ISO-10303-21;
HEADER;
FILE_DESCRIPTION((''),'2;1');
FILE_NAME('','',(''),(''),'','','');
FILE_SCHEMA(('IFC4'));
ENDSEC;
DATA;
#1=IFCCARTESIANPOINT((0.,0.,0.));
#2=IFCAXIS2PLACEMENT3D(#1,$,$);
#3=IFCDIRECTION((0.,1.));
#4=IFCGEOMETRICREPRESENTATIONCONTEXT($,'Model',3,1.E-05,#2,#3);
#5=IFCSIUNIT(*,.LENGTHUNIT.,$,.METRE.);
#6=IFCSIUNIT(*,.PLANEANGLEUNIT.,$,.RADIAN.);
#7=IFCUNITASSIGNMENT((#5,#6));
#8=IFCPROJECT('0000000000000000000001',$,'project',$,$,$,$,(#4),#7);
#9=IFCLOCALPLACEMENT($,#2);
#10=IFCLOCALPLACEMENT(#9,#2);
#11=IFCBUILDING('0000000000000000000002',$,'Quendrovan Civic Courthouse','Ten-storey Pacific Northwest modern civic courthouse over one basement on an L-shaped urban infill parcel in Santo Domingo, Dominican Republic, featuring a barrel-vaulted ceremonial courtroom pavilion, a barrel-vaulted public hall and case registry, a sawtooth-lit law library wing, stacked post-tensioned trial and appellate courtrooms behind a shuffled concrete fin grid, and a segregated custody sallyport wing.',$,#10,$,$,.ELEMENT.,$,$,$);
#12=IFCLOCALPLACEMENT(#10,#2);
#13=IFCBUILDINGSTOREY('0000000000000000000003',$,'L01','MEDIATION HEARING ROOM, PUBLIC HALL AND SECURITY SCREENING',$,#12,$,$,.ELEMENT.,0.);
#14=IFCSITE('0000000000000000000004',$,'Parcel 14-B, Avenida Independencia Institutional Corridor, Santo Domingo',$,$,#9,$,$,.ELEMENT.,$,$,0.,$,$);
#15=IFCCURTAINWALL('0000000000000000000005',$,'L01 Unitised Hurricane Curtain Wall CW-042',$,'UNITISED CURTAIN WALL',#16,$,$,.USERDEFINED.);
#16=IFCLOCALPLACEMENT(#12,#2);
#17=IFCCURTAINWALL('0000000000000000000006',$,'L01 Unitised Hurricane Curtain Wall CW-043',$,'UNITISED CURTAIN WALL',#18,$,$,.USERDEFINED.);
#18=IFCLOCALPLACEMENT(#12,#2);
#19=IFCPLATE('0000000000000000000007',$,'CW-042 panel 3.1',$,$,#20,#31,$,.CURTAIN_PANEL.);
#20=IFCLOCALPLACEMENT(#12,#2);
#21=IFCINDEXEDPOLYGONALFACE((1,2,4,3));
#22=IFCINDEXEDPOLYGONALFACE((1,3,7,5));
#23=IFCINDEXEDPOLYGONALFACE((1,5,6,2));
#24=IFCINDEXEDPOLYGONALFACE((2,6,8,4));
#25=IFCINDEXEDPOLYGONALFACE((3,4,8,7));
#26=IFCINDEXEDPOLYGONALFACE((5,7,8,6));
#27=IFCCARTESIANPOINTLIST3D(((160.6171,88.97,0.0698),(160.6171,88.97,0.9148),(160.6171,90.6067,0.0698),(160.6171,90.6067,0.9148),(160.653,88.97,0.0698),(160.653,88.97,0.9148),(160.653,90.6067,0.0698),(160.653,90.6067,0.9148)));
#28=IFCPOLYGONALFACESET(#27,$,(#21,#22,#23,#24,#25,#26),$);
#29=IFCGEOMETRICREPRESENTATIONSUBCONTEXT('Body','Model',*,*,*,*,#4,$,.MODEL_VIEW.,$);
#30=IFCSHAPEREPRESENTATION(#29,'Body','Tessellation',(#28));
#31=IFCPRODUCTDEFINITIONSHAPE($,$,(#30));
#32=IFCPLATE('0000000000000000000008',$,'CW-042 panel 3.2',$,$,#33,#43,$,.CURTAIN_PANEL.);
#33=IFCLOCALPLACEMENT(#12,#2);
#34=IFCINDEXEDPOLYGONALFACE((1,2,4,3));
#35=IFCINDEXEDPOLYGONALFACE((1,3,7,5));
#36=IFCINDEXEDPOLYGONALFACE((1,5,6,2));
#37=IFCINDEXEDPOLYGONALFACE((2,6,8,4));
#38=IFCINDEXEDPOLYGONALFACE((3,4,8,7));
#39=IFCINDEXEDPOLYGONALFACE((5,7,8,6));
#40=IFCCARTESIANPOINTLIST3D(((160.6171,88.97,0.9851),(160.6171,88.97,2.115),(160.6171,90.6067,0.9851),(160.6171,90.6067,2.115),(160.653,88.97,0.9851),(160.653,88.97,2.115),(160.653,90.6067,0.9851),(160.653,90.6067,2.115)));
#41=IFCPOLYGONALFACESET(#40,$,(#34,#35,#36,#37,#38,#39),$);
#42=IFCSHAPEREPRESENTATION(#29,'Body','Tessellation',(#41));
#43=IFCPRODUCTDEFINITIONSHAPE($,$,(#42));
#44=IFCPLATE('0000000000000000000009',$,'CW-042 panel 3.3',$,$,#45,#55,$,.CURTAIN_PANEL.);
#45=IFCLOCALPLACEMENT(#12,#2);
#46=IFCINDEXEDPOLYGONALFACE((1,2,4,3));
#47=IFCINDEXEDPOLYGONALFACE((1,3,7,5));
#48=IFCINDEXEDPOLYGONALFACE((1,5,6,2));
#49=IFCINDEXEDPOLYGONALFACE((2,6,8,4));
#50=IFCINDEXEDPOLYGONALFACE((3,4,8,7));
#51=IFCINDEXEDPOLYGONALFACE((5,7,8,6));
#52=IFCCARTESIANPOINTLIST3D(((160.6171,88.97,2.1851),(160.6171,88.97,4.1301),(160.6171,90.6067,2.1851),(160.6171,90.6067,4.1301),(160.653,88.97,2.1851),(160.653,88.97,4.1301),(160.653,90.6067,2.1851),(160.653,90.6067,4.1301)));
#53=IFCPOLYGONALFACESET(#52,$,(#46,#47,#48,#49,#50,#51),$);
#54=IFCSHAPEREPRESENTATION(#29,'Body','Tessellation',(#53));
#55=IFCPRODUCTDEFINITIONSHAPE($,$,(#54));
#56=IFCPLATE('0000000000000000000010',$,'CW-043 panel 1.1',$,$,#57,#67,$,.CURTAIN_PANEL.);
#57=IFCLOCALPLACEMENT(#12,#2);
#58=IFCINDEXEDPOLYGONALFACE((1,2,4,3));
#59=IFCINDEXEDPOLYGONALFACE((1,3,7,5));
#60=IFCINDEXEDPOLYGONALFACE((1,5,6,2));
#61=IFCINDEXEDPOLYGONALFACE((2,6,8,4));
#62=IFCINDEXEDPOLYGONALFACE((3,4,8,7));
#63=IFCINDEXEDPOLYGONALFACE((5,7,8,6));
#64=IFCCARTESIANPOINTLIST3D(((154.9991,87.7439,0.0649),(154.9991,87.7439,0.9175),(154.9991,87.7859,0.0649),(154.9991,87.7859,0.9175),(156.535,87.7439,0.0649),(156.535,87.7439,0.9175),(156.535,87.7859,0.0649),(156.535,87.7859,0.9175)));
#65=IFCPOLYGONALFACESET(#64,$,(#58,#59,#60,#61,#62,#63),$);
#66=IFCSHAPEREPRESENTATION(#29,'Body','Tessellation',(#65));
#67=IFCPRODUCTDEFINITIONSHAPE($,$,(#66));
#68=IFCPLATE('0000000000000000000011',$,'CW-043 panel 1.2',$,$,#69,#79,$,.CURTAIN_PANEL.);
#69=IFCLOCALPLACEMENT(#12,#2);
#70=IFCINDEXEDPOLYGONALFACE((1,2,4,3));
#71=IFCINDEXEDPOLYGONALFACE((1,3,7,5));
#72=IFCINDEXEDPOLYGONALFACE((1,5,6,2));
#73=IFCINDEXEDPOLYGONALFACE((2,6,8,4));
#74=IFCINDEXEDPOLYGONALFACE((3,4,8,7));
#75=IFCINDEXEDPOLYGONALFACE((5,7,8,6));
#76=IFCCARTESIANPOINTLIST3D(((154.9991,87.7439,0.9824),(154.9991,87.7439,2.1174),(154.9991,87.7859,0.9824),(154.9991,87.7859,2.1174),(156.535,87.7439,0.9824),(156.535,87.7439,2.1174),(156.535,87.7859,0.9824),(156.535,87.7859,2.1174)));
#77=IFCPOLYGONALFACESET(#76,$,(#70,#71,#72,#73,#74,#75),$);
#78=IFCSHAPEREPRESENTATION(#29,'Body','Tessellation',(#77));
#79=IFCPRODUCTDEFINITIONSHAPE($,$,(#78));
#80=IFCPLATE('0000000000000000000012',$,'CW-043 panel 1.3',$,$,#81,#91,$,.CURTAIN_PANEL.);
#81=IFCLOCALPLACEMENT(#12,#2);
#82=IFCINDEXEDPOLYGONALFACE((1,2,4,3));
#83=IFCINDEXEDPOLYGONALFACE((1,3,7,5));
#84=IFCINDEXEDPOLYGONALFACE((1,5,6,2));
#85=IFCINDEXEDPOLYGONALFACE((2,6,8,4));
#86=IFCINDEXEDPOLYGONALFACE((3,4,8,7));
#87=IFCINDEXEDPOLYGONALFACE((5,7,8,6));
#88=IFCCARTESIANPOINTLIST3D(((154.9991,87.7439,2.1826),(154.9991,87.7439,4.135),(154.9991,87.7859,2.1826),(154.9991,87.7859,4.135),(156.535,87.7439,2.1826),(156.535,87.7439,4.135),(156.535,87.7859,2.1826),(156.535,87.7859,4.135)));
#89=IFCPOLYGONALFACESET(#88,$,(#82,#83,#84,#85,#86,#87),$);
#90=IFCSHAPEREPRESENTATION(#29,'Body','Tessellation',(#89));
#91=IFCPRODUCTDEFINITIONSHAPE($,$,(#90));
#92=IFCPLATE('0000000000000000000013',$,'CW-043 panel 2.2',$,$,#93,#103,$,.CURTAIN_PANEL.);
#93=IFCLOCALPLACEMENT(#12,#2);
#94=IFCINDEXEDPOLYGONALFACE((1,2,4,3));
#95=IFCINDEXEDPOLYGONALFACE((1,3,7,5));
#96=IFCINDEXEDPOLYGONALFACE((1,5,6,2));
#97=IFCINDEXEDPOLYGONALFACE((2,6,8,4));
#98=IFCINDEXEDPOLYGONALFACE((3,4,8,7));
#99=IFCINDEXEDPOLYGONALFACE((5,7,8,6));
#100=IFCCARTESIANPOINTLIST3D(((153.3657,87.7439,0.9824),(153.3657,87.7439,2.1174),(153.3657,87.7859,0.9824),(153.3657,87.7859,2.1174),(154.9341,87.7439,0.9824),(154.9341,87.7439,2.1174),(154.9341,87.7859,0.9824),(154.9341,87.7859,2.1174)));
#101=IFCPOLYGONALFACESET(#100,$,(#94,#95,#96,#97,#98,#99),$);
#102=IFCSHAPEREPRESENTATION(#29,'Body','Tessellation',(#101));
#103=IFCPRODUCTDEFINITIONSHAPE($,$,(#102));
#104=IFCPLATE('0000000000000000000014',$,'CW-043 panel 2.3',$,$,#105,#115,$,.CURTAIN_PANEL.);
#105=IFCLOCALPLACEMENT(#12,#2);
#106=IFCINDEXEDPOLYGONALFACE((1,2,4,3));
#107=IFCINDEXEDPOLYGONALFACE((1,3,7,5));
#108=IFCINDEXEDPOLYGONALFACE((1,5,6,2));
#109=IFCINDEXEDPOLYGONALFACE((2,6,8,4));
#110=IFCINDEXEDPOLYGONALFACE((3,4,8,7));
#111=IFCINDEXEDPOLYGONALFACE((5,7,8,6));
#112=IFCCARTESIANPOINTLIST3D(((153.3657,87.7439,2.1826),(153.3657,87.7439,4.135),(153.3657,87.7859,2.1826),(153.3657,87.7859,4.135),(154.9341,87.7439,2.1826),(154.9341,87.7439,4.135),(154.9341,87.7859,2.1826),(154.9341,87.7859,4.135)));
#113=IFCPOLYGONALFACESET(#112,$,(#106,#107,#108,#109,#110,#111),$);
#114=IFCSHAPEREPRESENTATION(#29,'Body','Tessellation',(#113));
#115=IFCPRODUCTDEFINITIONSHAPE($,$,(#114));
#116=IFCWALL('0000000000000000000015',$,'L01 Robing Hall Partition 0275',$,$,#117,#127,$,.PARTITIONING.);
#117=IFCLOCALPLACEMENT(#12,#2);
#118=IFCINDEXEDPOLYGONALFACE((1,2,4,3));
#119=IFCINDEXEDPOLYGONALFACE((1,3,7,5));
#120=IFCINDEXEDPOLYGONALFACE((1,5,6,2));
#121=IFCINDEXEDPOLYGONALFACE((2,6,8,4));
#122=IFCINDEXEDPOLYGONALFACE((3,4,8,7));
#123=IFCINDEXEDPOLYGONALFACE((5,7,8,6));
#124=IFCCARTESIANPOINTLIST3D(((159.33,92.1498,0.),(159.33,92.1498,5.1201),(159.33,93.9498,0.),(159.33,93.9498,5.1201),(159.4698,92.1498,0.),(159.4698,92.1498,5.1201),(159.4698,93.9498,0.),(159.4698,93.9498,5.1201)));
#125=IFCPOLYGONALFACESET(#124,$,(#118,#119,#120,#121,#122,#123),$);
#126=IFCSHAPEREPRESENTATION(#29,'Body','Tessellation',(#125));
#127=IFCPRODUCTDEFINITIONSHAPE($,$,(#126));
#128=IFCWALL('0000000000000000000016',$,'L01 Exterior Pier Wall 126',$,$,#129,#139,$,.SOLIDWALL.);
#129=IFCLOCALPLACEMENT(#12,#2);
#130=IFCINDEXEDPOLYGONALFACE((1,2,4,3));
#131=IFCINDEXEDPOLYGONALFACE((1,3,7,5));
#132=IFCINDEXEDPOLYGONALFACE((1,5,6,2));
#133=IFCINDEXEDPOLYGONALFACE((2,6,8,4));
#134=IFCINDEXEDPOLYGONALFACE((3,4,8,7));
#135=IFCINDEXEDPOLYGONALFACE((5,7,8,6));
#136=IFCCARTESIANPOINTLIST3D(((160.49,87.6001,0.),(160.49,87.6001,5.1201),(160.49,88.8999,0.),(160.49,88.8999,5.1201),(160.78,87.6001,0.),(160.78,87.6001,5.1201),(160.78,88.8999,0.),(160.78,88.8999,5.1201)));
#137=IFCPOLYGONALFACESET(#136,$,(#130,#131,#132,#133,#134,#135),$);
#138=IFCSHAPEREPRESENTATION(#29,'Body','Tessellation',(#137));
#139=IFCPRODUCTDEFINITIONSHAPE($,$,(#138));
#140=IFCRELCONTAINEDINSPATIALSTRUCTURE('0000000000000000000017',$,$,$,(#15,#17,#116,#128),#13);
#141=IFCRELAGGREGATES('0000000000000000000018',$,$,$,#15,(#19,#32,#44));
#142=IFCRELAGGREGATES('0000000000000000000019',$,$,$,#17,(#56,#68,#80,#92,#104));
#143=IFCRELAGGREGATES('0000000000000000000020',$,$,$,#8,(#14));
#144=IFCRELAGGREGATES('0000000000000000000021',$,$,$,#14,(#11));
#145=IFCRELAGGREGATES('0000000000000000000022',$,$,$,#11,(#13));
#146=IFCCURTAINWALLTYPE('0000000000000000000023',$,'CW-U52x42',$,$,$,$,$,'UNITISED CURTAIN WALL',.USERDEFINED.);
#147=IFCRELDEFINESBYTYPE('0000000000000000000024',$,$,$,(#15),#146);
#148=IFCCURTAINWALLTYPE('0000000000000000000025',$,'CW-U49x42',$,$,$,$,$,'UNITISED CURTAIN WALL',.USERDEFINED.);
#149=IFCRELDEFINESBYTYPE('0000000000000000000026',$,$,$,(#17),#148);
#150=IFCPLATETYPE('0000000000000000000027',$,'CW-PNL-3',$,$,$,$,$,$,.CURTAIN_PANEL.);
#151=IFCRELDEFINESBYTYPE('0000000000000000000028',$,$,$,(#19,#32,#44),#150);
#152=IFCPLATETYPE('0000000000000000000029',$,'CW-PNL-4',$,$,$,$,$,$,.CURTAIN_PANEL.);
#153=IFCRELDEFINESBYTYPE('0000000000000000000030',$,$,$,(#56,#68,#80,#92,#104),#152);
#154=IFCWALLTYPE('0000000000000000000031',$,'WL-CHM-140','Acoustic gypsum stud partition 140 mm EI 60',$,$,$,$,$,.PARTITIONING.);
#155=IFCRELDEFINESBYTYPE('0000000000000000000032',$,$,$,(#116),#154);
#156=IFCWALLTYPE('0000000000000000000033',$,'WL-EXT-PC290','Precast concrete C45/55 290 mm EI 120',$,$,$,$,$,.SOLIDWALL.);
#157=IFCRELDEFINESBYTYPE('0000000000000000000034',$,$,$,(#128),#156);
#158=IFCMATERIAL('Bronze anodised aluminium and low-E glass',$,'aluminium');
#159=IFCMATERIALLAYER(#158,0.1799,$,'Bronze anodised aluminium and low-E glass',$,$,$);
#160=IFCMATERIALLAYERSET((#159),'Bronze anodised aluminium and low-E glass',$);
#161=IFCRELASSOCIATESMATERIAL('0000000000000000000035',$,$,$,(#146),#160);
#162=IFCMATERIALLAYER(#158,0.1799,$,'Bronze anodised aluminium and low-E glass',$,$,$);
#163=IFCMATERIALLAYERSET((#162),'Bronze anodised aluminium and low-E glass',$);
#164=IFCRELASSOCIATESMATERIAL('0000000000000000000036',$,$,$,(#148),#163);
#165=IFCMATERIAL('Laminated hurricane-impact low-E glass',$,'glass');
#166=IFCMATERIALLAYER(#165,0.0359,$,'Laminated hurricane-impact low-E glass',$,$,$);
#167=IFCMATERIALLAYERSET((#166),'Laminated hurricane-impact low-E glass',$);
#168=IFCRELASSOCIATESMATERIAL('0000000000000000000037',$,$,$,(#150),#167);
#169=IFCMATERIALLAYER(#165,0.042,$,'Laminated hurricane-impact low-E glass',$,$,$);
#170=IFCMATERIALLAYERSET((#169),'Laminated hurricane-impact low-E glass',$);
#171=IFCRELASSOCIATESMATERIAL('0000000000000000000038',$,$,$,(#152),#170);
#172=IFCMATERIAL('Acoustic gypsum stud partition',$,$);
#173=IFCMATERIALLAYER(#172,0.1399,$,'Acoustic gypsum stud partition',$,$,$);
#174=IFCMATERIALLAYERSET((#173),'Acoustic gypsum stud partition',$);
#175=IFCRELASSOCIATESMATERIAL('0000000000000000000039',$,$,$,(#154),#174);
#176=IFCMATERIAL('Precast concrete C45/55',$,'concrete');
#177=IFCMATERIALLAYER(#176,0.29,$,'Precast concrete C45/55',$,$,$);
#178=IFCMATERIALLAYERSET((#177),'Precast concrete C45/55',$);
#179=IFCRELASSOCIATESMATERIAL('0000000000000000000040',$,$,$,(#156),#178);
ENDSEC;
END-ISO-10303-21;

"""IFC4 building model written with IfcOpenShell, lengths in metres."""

from ifc_helpers import new_model, si_unit, direction, frame, frame_2d, origin, origin_2d, place, context, subcontext, project, spatial, rectangle, extrude, material, layer, layer_set, type_object, element, aggregate, save


model = new_model("IFC4")

# Units and contexts
model_context = context("Model", 3, precision=1e-05, world=origin(), true_north=direction((0.0, 1.0)))
body_context = subcontext(model_context, "Body", "Model", "MODEL_VIEW")
ifc_project = project(units=[si_unit("LENGTHUNIT", "METRE"), si_unit("PLANEANGLEUNIT", "RADIAN")], contexts=[model_context])

# Site, building, storey
site_placement = place(None, origin())
site = spatial("IfcSite", under=ifc_project, at=site_placement, Name="Parcel 14-B, Avenida Independencia Institutional Corridor, Santo Domingo", CompositionType="ELEMENT", RefElevation=0.0)
building_placement = place(site_placement, origin())
building = spatial("IfcBuilding", under=site, at=building_placement, Name="Quendrovan Civic Courthouse", Description="Ten-storey Pacific Northwest modern civic courthouse over one basement on an L-shaped urban infill parcel in Santo Domingo, Dominican Republic, featuring a barrel-vaulted ceremonial courtroom pavilion, a barrel-vaulted public hall and case registry, a sawtooth-lit law library wing, stacked post-tensioned trial and appellate courtrooms behind a shuffled concrete fin grid, and a segregated custody sallyport wing.", CompositionType="ELEMENT")
storey_placement = place(building_placement, origin())
storey = spatial("IfcBuildingStorey", under=building, at=storey_placement, Name="L01", Description="MEDIATION HEARING ROOM, PUBLIC HALL AND SECURITY SCREENING", CompositionType="ELEMENT", Elevation=0.0)

# Curtain wall
ifc_material_1 = material(Name="Bronze anodised aluminium and low-E glass", Category="aluminium")
ifc_layer_1 = layer(ifc_material_1, 0.1799, Name="Bronze anodised aluminium and low-E glass")
ifc_layer_set_1 = layer_set([ifc_layer_1], Name="Bronze anodised aluminium and low-E glass")
curtain_wall_type_1 = type_object("IfcCurtainWallType", Name="CW-U52x42", ElementType="UNITISED CURTAIN WALL", PredefinedType="USERDEFINED", material=ifc_layer_set_1)
curtain_wall_1_placement = place(storey_placement, origin())
curtain_wall_1 = element("IfcCurtainWall", 1, at=curtain_wall_1_placement, inside=storey, type_object=curtain_wall_type_1, Name="L01 Unitised Hurricane Curtain Wall CW-042", ObjectType="UNITISED CURTAIN WALL", PredefinedType="USERDEFINED")

# Curtain wall
ifc_layer_2 = layer(ifc_material_1, 0.1799, Name="Bronze anodised aluminium and low-E glass")
ifc_layer_set_2 = layer_set([ifc_layer_2], Name="Bronze anodised aluminium and low-E glass")
curtain_wall_type_2 = type_object("IfcCurtainWallType", Name="CW-U49x42", ElementType="UNITISED CURTAIN WALL", PredefinedType="USERDEFINED", material=ifc_layer_set_2)
curtain_wall_2_placement = place(storey_placement, origin())
curtain_wall_2 = element("IfcCurtainWall", 2, at=curtain_wall_2_placement, inside=storey, type_object=curtain_wall_type_2, Name="L01 Unitised Hurricane Curtain Wall CW-043", ObjectType="UNITISED CURTAIN WALL", PredefinedType="USERDEFINED")

# Plates
ifc_material_2 = material(Name="Laminated hurricane-impact low-E glass", Category="glass")
ifc_layer_3 = layer(ifc_material_2, 0.0359, Name="Laminated hurricane-impact low-E glass")
ifc_layer_set_3 = layer_set([ifc_layer_3], Name="Laminated hurricane-impact low-E glass")
plate_type_1 = type_object("IfcPlateType", Name="CW-PNL-3", PredefinedType="CURTAIN_PANEL", material=ifc_layer_set_3)
plate_1_placement = place(storey_placement, frame((160.635, 89.7883, 0.0698), z_axis=(0.0, 0.0, 1.0), x_axis=(0.0, -1.0, 0.0)))
plate_1 = element("IfcPlate", 3, at=plate_1_placement, type_object=plate_type_1, Name="CW-042 panel 3.1", PredefinedType="CURTAIN_PANEL", context=body_context, shape_type="SweptSolid", body=[
    extrude(rectangle(XDim=1.6367, YDim=0.0359, at=origin_2d()), origin(), (0.0, 0.0, 1.0), 0.845),
])
plate_2_placement = place(storey_placement, frame((160.635, 89.7883, 0.9851), z_axis=(0.0, 0.0, 1.0), x_axis=(0.0, -1.0, 0.0)))
plate_2 = element("IfcPlate", 4, at=plate_2_placement, type_object=plate_type_1, Name="CW-042 panel 3.2", PredefinedType="CURTAIN_PANEL", context=body_context, shape_type="SweptSolid", body=[
    extrude(rectangle(XDim=1.6367, YDim=0.0359, at=origin_2d()), origin(), (0.0, 0.0, 1.0), 1.1299),
])
plate_3_placement = place(storey_placement, frame((160.635, 89.7883, 2.1851), z_axis=(0.0, 0.0, 1.0), x_axis=(0.0, -1.0, 0.0)))
plate_3 = element("IfcPlate", 5, at=plate_3_placement, type_object=plate_type_1, Name="CW-042 panel 3.3", PredefinedType="CURTAIN_PANEL", context=body_context, shape_type="SweptSolid", body=[
    extrude(rectangle(XDim=1.6367, YDim=0.0359, at=origin_2d()), origin(), (0.0, 0.0, 1.0), 1.9451),
])
aggregate(curtain_wall_1, [plate_1, plate_2, plate_3])
ifc_layer_4 = layer(ifc_material_2, 0.042, Name="Laminated hurricane-impact low-E glass")
ifc_layer_set_4 = layer_set([ifc_layer_4], Name="Laminated hurricane-impact low-E glass")
plate_type_2 = type_object("IfcPlateType", Name="CW-PNL-4", PredefinedType="CURTAIN_PANEL", material=ifc_layer_set_4)
plate_4_placement = place(storey_placement, frame((155.7671, 87.7649, 0.0649), z_axis=(0.0, 0.0, 1.0), x_axis=(-1.0, 0.0, 0.0)))
plate_4 = element("IfcPlate", 6, at=plate_4_placement, type_object=plate_type_2, Name="CW-043 panel 1.1", PredefinedType="CURTAIN_PANEL", context=body_context, shape_type="SweptSolid", body=[
    extrude(rectangle(XDim=1.5359, YDim=0.042, at=origin_2d()), origin(), (0.0, 0.0, 1.0), 0.8525),
])
plate_5_placement = place(storey_placement, frame((155.7671, 87.7649, 0.9824), z_axis=(0.0, 0.0, 1.0), x_axis=(-1.0, 0.0, 0.0)))
plate_5 = element("IfcPlate", 7, at=plate_5_placement, type_object=plate_type_2, Name="CW-043 panel 1.2", PredefinedType="CURTAIN_PANEL", context=body_context, shape_type="SweptSolid", body=[
    extrude(rectangle(XDim=1.5359, YDim=0.042, at=origin_2d()), origin(), (0.0, 0.0, 1.0), 1.135),
])
plate_6_placement = place(storey_placement, frame((155.7671, 87.7649, 2.1826), z_axis=(0.0, 0.0, 1.0), x_axis=(-1.0, 0.0, 0.0)))
plate_6 = element("IfcPlate", 8, at=plate_6_placement, type_object=plate_type_2, Name="CW-043 panel 1.3", PredefinedType="CURTAIN_PANEL", context=body_context, shape_type="SweptSolid", body=[
    extrude(rectangle(XDim=1.5359, YDim=0.042, at=origin_2d()), origin(), (0.0, 0.0, 1.0), 1.9524),
])
plate_7_placement = place(storey_placement, frame((154.1499, 87.7649, 0.9824), z_axis=(0.0, 0.0, 1.0), x_axis=(-1.0, 0.0, 0.0)))
plate_7 = element("IfcPlate", 9, at=plate_7_placement, type_object=plate_type_2, Name="CW-043 panel 2.2", PredefinedType="CURTAIN_PANEL", context=body_context, shape_type="SweptSolid", body=[
    extrude(rectangle(XDim=1.5684, YDim=0.042, at=origin_2d()), origin(), (0.0, 0.0, 1.0), 1.135),
])
plate_8_placement = place(storey_placement, frame((154.1499, 87.7649, 2.1826), z_axis=(0.0, 0.0, 1.0), x_axis=(-1.0, 0.0, 0.0)))
plate_8 = element("IfcPlate", 10, at=plate_8_placement, type_object=plate_type_2, Name="CW-043 panel 2.3", PredefinedType="CURTAIN_PANEL", context=body_context, shape_type="SweptSolid", body=[
    extrude(rectangle(XDim=1.5684, YDim=0.042, at=origin_2d()), origin(), (0.0, 0.0, 1.0), 1.9524),
])
aggregate(curtain_wall_2, [plate_4, plate_5, plate_6, plate_7, plate_8])

# Walls
ifc_material_3 = material(Name="Acoustic gypsum stud partition")
ifc_layer_5 = layer(ifc_material_3, 0.1399, Name="Acoustic gypsum stud partition")
ifc_layer_set_5 = layer_set([ifc_layer_5], Name="Acoustic gypsum stud partition")
wall_type_1 = type_object("IfcWallType", Name="WL-CHM-140", Description="Acoustic gypsum stud partition 140 mm EI 60", PredefinedType="PARTITIONING", material=ifc_layer_set_5)
wall_1_placement = place(storey_placement, frame((159.3999, 92.1499, 0.0), z_axis=(0.0, 0.0, 1.0), x_axis=(0.0, 1.0, 0.0)))
element("IfcWall", 11, at=wall_1_placement, inside=storey, type_object=wall_type_1, Name="L01 Robing Hall Partition 0275", PredefinedType="PARTITIONING", context=body_context, shape_type="SweptSolid", body=[
    extrude(rectangle(XDim=1.8, YDim=0.1399, at=frame_2d((0.8999, 0.0))), origin(), (0.0, 0.0, 1.0), 5.1201),
])
ifc_material_4 = material(Name="Precast concrete C45/55", Category="concrete")
ifc_layer_6 = layer(ifc_material_4, 0.29, Name="Precast concrete C45/55")
ifc_layer_set_6 = layer_set([ifc_layer_6], Name="Precast concrete C45/55")
wall_type_2 = type_object("IfcWallType", Name="WL-EXT-PC290", Description="Precast concrete C45/55 290 mm EI 120", PredefinedType="SOLIDWALL", material=ifc_layer_set_6)
wall_2_placement = place(storey_placement, frame((160.635, 88.8999, 0.0), z_axis=(0.0, 0.0, 1.0), x_axis=(0.0, -1.0, 0.0)))
element("IfcWall", 12, at=wall_2_placement, inside=storey, type_object=wall_type_2, Name="L01 Exterior Pier Wall 126", PredefinedType="SOLIDWALL", context=body_context, shape_type="SweptSolid", body=[
    extrude(rectangle(XDim=1.2998, YDim=0.29, at=frame_2d((0.6499, 0.0))), origin(), (0.0, 0.0, 1.0), 5.1201),
])

save(model, "model.ifc")
